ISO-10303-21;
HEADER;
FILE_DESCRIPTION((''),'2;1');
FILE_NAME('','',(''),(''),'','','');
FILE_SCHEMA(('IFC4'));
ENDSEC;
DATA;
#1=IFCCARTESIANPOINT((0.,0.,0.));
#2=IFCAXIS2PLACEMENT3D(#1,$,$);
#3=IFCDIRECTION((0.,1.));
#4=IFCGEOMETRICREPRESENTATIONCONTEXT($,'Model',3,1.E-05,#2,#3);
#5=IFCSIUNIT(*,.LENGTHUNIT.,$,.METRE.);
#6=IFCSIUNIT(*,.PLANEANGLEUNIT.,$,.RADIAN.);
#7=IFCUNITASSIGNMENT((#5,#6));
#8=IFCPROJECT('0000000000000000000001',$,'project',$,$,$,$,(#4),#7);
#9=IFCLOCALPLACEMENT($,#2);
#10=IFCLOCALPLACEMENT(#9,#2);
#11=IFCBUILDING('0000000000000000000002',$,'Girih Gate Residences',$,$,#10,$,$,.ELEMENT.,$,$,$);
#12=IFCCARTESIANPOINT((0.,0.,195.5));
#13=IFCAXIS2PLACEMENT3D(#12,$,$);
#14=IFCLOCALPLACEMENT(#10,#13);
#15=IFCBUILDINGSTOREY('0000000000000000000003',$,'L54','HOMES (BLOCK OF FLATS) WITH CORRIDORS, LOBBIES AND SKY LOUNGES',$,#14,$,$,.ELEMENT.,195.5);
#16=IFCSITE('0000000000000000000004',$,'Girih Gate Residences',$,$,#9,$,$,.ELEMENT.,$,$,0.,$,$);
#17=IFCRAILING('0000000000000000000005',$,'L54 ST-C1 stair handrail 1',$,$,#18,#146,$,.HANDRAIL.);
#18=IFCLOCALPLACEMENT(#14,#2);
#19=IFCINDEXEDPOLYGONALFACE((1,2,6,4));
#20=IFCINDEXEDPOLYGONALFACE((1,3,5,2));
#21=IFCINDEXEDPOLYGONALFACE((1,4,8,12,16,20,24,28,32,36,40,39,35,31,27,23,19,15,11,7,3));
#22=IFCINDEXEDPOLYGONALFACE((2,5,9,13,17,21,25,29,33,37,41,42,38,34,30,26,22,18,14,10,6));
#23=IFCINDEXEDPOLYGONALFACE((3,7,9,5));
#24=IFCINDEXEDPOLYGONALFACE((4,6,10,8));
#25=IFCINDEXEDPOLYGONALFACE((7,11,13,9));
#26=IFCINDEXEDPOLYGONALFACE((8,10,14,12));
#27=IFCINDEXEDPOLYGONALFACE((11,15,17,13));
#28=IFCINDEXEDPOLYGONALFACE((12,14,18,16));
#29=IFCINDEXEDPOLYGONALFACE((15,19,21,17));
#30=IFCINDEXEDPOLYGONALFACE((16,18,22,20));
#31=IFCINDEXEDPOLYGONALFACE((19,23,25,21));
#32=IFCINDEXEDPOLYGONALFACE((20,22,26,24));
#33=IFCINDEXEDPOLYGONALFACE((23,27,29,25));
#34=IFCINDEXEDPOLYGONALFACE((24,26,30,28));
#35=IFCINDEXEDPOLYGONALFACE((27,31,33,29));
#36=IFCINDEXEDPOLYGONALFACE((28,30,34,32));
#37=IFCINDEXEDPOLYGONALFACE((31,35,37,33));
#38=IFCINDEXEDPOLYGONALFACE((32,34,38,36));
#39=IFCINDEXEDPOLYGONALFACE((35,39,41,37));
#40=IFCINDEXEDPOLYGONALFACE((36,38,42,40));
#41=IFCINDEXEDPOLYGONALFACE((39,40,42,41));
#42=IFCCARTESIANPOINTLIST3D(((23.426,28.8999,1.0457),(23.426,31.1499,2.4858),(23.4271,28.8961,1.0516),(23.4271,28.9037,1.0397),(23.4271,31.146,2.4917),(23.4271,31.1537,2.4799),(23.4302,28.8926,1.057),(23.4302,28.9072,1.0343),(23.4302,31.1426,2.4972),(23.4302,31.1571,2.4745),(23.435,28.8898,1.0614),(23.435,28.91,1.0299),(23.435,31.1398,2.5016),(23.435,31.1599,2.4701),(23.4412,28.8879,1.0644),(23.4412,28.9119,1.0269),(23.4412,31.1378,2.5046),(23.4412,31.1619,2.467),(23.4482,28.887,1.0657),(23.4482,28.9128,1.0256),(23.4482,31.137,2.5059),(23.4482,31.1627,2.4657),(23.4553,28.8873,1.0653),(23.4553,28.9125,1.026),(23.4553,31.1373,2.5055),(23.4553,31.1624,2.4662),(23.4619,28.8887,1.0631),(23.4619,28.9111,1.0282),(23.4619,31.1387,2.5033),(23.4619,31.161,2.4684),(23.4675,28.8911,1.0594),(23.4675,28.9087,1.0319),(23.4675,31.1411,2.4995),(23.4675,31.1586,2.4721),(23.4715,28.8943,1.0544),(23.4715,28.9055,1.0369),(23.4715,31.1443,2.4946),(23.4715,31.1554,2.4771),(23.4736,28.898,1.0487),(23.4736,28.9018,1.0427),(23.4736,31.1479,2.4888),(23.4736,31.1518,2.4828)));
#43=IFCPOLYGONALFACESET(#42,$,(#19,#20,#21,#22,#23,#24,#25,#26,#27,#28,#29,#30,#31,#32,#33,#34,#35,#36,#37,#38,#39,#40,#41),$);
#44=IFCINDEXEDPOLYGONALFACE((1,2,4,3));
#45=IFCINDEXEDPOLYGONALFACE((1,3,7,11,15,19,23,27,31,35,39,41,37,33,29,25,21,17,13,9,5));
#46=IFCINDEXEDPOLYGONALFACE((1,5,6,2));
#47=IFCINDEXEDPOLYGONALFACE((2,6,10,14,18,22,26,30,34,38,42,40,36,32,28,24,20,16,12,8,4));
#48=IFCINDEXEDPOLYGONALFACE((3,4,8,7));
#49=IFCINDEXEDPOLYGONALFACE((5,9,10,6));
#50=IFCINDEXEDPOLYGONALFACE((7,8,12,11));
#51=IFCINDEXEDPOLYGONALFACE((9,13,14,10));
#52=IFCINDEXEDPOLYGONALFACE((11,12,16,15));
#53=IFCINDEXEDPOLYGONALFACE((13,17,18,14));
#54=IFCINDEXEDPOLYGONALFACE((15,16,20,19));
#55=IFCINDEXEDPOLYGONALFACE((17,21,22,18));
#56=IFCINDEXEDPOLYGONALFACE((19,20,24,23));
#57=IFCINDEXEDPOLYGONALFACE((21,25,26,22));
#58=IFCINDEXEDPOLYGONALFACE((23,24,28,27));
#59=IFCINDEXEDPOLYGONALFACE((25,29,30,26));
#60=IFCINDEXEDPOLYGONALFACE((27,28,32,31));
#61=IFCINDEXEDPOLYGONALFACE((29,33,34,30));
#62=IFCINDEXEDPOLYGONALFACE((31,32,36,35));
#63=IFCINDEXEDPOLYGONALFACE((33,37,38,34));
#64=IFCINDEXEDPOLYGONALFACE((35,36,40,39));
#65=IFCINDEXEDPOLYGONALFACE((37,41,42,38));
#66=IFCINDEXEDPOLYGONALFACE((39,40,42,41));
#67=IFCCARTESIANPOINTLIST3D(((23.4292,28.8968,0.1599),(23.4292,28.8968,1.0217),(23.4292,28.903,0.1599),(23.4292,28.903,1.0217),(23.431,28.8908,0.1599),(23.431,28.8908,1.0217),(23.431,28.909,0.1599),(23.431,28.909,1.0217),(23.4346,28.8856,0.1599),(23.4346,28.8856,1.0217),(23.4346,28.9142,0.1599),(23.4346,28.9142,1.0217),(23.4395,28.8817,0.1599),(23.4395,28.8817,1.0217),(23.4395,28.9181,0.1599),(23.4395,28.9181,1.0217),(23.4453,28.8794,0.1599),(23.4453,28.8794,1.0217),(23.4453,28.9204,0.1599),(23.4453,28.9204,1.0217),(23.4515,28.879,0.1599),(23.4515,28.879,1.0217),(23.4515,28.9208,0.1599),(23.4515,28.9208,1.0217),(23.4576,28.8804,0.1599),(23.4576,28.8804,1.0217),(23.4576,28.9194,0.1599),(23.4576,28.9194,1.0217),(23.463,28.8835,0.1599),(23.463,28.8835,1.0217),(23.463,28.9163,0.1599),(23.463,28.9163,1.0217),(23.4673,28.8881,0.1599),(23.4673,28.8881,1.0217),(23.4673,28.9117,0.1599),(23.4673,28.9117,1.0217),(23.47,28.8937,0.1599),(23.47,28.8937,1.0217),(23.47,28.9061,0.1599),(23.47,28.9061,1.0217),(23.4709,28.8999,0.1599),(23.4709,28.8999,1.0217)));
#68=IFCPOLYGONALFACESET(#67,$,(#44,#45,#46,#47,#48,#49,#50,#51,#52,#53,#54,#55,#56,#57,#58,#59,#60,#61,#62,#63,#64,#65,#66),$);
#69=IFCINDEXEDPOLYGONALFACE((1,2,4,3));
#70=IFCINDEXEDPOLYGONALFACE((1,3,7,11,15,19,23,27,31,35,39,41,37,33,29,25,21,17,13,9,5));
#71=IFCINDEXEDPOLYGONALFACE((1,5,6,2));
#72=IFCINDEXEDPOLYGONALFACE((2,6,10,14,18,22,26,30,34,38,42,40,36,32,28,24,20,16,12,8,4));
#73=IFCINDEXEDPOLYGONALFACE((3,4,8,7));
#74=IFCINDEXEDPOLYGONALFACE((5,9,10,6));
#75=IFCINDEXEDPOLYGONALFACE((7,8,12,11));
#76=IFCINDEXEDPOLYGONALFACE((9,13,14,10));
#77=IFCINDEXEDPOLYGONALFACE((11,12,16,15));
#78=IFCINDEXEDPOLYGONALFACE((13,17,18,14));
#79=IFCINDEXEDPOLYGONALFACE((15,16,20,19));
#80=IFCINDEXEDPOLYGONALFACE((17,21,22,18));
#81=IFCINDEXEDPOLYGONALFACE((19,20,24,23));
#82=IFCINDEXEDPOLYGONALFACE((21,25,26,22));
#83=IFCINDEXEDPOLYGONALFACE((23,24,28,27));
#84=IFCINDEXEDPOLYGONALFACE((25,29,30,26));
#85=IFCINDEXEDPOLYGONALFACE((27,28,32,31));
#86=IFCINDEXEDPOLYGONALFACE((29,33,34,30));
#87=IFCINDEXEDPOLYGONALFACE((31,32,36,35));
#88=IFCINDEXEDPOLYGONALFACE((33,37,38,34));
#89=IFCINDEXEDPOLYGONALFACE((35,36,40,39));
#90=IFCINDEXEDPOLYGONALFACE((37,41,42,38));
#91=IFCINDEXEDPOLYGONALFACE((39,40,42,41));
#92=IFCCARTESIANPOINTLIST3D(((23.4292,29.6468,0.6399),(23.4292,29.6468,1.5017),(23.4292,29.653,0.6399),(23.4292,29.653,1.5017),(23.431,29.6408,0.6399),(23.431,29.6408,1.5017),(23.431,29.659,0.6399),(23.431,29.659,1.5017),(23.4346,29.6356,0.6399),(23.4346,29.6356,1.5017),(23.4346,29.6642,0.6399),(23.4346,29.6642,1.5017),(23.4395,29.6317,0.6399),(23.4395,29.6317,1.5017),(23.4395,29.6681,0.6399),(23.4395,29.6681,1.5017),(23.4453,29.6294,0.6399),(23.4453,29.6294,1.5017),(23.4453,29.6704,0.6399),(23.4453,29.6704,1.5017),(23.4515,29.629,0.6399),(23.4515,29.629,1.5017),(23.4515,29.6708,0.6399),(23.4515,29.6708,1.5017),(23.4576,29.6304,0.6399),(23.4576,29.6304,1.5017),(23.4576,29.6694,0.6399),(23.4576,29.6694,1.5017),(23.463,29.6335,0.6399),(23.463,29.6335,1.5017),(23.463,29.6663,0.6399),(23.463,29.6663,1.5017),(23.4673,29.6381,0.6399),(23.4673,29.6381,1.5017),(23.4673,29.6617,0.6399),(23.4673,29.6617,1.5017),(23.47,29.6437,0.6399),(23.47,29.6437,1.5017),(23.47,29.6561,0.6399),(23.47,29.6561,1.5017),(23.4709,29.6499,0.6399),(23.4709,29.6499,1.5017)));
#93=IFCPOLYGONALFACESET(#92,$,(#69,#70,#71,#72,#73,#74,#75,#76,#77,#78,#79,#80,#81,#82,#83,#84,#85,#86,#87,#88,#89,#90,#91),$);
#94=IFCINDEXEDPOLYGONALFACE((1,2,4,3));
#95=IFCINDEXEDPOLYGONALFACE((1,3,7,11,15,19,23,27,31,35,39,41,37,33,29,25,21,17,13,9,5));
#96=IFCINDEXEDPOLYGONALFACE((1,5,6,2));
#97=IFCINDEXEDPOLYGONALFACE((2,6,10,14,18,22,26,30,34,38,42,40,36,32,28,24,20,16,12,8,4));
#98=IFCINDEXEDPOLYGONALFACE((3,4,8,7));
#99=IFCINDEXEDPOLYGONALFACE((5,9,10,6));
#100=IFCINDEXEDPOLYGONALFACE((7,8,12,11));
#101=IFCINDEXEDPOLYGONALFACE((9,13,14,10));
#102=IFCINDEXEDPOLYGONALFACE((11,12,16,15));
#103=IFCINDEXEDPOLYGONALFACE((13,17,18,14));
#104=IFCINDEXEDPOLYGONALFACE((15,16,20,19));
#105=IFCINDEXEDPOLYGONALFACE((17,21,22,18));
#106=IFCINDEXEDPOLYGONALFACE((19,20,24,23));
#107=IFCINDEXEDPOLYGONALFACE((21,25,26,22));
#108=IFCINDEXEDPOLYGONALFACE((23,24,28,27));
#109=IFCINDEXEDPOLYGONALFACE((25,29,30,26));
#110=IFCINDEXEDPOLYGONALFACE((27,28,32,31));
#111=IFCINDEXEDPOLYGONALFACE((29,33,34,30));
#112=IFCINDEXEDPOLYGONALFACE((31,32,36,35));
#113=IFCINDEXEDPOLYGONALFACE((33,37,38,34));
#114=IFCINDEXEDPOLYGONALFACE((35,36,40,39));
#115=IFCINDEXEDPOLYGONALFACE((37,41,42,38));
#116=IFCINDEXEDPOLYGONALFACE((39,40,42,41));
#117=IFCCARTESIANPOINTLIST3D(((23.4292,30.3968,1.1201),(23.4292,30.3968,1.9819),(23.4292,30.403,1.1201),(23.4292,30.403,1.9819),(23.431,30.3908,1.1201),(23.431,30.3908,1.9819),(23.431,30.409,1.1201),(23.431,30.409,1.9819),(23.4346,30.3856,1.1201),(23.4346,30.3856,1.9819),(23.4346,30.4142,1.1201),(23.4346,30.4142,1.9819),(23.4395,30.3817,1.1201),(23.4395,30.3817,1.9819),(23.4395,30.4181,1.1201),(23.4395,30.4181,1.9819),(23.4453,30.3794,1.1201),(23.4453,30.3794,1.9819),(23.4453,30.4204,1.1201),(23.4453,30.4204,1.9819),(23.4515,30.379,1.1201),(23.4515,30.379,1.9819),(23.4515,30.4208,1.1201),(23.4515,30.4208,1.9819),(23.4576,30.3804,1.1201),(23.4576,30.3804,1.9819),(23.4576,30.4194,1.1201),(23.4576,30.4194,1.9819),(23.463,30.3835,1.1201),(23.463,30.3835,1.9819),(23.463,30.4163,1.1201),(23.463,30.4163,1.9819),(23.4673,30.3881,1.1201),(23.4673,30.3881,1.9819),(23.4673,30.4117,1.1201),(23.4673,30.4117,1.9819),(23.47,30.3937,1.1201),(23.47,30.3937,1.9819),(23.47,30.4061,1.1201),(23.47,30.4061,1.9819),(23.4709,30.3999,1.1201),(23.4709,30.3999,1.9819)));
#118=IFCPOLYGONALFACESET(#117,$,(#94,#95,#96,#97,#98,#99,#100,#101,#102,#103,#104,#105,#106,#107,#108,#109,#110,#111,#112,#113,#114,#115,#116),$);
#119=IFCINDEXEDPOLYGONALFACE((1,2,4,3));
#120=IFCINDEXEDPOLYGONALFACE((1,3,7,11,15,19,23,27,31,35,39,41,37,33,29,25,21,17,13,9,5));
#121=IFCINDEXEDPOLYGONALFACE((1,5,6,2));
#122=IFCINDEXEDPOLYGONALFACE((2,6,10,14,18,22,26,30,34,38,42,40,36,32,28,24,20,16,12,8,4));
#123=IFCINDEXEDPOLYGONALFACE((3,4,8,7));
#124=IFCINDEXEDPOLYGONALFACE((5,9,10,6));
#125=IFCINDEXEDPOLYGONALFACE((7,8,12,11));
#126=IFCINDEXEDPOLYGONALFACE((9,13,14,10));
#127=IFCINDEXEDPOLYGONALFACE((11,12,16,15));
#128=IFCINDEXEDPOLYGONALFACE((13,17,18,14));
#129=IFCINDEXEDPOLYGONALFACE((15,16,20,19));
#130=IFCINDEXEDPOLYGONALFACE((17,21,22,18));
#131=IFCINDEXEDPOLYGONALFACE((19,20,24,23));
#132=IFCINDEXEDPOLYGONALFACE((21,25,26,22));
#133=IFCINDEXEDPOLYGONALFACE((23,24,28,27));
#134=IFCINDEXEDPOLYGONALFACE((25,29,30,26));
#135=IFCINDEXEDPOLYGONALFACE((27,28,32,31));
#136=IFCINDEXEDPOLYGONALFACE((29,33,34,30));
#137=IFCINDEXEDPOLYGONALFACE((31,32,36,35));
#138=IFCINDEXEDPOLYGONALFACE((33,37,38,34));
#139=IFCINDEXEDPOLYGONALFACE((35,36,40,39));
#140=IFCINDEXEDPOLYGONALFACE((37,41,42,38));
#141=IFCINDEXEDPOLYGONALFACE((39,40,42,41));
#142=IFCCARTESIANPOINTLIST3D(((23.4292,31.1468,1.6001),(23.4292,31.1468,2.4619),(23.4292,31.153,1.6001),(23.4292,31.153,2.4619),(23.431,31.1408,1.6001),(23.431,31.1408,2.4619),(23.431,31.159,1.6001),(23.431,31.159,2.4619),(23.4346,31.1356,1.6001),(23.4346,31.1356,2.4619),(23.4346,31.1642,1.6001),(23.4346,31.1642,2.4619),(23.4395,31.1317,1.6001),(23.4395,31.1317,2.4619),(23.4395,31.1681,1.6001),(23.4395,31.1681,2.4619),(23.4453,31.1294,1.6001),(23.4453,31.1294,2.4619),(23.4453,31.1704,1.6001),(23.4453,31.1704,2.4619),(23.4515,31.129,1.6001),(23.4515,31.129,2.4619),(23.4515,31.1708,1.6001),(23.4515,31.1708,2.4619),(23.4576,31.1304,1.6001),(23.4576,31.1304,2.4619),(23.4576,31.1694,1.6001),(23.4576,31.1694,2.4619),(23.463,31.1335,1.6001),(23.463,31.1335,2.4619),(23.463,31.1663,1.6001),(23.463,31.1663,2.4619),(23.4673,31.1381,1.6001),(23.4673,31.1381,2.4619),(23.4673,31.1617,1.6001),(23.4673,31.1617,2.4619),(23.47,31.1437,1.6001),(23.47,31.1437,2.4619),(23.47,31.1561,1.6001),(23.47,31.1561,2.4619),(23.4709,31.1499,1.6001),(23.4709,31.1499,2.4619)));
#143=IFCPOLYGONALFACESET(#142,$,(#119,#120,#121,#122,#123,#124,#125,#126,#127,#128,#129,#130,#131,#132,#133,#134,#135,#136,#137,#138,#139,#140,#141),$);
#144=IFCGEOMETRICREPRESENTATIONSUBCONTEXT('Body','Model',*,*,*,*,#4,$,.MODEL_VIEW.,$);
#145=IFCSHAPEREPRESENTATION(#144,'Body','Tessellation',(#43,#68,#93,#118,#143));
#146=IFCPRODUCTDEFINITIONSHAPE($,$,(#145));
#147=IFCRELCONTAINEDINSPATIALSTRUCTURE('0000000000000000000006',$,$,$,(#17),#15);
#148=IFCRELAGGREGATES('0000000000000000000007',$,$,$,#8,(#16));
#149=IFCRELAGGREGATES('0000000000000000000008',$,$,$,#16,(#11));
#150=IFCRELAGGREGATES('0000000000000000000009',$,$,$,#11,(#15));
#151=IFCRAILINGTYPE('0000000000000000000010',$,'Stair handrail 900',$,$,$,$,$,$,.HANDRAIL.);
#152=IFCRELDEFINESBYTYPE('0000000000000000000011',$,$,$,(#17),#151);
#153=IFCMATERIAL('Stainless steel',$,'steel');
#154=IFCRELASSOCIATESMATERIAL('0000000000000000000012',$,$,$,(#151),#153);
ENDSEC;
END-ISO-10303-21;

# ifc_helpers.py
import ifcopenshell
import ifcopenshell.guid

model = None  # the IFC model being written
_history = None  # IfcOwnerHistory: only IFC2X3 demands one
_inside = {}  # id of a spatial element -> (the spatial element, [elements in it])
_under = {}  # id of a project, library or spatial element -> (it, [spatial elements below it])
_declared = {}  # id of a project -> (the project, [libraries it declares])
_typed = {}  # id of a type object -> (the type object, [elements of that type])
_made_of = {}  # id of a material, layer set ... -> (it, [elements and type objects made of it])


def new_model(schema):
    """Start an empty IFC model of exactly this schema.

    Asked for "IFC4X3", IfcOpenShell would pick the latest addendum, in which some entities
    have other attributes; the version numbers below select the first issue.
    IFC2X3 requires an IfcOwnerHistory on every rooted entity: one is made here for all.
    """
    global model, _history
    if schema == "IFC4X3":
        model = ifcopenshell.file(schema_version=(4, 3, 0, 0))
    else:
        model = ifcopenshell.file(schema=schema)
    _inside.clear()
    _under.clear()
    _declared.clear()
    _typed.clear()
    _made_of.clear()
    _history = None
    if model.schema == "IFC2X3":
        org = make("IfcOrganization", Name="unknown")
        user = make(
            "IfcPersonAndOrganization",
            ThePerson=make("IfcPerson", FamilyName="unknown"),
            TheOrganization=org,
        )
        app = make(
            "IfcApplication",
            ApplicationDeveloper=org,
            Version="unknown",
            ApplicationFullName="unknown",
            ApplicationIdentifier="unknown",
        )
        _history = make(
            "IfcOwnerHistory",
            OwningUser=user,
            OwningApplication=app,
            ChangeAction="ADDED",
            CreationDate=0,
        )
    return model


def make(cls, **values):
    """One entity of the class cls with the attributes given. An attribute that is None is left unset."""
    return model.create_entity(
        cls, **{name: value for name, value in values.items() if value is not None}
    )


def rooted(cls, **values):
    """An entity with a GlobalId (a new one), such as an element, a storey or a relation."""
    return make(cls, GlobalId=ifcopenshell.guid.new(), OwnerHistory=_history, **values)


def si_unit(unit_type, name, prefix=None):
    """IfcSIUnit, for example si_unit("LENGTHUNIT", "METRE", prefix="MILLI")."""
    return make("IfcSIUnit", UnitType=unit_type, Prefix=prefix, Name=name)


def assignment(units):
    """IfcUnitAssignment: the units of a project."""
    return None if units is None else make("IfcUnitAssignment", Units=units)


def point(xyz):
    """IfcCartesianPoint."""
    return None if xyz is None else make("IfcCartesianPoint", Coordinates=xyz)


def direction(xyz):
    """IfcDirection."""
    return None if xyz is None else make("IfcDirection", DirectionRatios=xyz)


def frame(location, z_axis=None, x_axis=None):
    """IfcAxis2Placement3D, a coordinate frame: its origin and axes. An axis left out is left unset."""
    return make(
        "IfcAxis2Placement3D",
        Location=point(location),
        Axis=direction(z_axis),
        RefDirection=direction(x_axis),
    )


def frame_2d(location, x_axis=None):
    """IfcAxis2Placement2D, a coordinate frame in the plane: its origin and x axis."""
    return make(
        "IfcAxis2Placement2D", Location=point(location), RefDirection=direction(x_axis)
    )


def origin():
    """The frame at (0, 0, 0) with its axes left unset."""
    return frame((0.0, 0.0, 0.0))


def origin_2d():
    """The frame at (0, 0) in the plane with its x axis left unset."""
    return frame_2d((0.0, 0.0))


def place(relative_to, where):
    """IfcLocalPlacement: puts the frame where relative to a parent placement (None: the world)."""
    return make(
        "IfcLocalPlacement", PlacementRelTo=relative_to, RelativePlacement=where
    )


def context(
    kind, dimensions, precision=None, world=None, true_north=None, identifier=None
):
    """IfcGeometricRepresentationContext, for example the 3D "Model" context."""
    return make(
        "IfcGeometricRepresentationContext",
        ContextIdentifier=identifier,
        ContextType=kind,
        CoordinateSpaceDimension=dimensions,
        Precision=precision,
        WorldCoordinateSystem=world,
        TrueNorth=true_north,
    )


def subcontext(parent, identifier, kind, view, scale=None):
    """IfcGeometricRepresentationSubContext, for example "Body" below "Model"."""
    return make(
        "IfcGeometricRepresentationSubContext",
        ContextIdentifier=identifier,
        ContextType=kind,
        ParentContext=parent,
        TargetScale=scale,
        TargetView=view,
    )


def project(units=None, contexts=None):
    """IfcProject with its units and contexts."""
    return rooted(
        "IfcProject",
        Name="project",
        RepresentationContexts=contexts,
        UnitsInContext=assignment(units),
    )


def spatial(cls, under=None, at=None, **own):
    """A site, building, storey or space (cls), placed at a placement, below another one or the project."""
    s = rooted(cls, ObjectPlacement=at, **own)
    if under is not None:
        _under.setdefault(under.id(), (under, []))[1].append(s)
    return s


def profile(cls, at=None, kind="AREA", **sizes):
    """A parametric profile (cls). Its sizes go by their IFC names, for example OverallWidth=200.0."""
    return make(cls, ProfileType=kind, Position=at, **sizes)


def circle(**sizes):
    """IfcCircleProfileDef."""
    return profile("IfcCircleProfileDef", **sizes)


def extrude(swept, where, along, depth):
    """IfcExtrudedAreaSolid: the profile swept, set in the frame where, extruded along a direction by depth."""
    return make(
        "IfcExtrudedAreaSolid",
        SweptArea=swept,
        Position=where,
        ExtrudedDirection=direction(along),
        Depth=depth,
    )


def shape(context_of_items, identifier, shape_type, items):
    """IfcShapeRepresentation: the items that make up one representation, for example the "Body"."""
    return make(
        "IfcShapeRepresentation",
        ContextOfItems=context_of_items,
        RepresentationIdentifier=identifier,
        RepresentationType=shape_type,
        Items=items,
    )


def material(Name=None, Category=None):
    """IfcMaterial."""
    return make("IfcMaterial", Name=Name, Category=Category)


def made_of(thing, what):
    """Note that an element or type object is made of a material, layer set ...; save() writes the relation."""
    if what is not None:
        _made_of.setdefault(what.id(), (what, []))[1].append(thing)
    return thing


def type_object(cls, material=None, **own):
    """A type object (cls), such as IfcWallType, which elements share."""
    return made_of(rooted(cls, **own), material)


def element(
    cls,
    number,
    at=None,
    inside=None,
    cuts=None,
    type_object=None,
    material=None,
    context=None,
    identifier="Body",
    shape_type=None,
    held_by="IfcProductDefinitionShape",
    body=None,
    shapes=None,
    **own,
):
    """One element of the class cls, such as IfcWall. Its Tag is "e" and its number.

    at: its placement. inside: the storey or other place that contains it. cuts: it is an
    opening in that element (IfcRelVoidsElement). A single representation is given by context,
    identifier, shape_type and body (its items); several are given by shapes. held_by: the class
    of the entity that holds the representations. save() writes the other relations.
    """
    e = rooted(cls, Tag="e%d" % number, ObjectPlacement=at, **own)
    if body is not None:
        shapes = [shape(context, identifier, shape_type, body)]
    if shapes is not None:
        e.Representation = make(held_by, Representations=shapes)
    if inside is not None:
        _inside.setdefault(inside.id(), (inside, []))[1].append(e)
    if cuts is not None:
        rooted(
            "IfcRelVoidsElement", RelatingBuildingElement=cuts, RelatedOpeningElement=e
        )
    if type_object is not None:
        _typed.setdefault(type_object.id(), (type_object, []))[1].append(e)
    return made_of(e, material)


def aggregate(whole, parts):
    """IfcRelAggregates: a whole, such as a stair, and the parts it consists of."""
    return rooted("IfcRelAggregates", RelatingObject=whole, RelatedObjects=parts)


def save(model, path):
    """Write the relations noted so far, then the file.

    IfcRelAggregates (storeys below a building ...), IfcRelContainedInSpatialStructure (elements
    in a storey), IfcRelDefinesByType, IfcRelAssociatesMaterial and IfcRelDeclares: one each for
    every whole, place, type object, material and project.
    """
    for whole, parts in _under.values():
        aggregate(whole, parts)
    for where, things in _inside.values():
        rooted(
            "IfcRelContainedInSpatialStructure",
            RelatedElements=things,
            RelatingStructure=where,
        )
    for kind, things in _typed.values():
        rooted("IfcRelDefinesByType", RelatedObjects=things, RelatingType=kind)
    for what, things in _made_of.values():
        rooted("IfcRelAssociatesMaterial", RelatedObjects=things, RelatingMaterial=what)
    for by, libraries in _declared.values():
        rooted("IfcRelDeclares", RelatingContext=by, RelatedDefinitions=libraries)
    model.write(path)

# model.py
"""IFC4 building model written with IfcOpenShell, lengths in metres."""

from ifc_helpers import new_model, si_unit, direction, frame, origin, origin_2d, place, context, subcontext, project, spatial, circle, extrude, material, type_object, element, save


model = new_model("IFC4")

# Units and contexts
model_context = context("Model", 3, precision=1e-05, world=origin(), true_north=direction((0.0, 1.0)))
body_context = subcontext(model_context, "Body", "Model", "MODEL_VIEW")
ifc_project = project(units=[si_unit("LENGTHUNIT", "METRE"), si_unit("PLANEANGLEUNIT", "RADIAN")], contexts=[model_context])

# Site, building, storey
site_placement = place(None, origin())
site = spatial("IfcSite", under=ifc_project, at=site_placement, Name="Girih Gate Residences", CompositionType="ELEMENT", RefElevation=0.0)
building_placement = place(site_placement, origin())
building = spatial("IfcBuilding", under=site, at=building_placement, Name="Girih Gate Residences", CompositionType="ELEMENT")
storey_placement = place(building_placement, frame((0.0, 0.0, 195.5)))
storey = spatial("IfcBuildingStorey", under=building, at=storey_placement, Name="L54", Description="HOMES (BLOCK OF FLATS) WITH CORRIDORS, LOBBIES AND SKY LOUNGES", CompositionType="ELEMENT", Elevation=195.5)

# Railing
ifc_material_1 = material(Name="Stainless steel", Category="steel")
railing_type_1 = type_object("IfcRailingType", Name="Stair handrail 900", PredefinedType="HANDRAIL", material=ifc_material_1)
railing_1_placement = place(storey_placement, frame((23.45, 28.8999, 0.1599)))
element("IfcRailing", 1, at=railing_1_placement, inside=storey, type_object=railing_type_1, Name="L54 ST-C1 stair handrail 1", PredefinedType="HANDRAIL", context=body_context, shape_type="SweptSolid", body=[
    extrude(circle(Radius=0.0239, at=origin_2d()), frame((0.0, 0.0, 0.8857), z_axis=(0.0, 0.84224, 0.539103), x_axis=(-1.0, 0.0, 0.0)), (0.0, 0.0, 1.0), 2.6714),
    extrude(circle(Radius=0.021, at=origin_2d()), origin(), (0.0, 0.0, 1.0), 0.8618),
    extrude(circle(Radius=0.021, at=origin_2d()), frame((0.0, 0.75, 0.48)), (0.0, 0.0, 1.0), 0.8618),
    extrude(circle(Radius=0.021, at=origin_2d()), frame((0.0, 1.5, 0.9602)), (0.0, 0.0, 1.0), 0.8618),
    extrude(circle(Radius=0.021, at=origin_2d()), frame((0.0, 2.25, 1.4402)), (0.0, 0.0, 1.0), 0.8618),
])

save(model, "model.ifc")
